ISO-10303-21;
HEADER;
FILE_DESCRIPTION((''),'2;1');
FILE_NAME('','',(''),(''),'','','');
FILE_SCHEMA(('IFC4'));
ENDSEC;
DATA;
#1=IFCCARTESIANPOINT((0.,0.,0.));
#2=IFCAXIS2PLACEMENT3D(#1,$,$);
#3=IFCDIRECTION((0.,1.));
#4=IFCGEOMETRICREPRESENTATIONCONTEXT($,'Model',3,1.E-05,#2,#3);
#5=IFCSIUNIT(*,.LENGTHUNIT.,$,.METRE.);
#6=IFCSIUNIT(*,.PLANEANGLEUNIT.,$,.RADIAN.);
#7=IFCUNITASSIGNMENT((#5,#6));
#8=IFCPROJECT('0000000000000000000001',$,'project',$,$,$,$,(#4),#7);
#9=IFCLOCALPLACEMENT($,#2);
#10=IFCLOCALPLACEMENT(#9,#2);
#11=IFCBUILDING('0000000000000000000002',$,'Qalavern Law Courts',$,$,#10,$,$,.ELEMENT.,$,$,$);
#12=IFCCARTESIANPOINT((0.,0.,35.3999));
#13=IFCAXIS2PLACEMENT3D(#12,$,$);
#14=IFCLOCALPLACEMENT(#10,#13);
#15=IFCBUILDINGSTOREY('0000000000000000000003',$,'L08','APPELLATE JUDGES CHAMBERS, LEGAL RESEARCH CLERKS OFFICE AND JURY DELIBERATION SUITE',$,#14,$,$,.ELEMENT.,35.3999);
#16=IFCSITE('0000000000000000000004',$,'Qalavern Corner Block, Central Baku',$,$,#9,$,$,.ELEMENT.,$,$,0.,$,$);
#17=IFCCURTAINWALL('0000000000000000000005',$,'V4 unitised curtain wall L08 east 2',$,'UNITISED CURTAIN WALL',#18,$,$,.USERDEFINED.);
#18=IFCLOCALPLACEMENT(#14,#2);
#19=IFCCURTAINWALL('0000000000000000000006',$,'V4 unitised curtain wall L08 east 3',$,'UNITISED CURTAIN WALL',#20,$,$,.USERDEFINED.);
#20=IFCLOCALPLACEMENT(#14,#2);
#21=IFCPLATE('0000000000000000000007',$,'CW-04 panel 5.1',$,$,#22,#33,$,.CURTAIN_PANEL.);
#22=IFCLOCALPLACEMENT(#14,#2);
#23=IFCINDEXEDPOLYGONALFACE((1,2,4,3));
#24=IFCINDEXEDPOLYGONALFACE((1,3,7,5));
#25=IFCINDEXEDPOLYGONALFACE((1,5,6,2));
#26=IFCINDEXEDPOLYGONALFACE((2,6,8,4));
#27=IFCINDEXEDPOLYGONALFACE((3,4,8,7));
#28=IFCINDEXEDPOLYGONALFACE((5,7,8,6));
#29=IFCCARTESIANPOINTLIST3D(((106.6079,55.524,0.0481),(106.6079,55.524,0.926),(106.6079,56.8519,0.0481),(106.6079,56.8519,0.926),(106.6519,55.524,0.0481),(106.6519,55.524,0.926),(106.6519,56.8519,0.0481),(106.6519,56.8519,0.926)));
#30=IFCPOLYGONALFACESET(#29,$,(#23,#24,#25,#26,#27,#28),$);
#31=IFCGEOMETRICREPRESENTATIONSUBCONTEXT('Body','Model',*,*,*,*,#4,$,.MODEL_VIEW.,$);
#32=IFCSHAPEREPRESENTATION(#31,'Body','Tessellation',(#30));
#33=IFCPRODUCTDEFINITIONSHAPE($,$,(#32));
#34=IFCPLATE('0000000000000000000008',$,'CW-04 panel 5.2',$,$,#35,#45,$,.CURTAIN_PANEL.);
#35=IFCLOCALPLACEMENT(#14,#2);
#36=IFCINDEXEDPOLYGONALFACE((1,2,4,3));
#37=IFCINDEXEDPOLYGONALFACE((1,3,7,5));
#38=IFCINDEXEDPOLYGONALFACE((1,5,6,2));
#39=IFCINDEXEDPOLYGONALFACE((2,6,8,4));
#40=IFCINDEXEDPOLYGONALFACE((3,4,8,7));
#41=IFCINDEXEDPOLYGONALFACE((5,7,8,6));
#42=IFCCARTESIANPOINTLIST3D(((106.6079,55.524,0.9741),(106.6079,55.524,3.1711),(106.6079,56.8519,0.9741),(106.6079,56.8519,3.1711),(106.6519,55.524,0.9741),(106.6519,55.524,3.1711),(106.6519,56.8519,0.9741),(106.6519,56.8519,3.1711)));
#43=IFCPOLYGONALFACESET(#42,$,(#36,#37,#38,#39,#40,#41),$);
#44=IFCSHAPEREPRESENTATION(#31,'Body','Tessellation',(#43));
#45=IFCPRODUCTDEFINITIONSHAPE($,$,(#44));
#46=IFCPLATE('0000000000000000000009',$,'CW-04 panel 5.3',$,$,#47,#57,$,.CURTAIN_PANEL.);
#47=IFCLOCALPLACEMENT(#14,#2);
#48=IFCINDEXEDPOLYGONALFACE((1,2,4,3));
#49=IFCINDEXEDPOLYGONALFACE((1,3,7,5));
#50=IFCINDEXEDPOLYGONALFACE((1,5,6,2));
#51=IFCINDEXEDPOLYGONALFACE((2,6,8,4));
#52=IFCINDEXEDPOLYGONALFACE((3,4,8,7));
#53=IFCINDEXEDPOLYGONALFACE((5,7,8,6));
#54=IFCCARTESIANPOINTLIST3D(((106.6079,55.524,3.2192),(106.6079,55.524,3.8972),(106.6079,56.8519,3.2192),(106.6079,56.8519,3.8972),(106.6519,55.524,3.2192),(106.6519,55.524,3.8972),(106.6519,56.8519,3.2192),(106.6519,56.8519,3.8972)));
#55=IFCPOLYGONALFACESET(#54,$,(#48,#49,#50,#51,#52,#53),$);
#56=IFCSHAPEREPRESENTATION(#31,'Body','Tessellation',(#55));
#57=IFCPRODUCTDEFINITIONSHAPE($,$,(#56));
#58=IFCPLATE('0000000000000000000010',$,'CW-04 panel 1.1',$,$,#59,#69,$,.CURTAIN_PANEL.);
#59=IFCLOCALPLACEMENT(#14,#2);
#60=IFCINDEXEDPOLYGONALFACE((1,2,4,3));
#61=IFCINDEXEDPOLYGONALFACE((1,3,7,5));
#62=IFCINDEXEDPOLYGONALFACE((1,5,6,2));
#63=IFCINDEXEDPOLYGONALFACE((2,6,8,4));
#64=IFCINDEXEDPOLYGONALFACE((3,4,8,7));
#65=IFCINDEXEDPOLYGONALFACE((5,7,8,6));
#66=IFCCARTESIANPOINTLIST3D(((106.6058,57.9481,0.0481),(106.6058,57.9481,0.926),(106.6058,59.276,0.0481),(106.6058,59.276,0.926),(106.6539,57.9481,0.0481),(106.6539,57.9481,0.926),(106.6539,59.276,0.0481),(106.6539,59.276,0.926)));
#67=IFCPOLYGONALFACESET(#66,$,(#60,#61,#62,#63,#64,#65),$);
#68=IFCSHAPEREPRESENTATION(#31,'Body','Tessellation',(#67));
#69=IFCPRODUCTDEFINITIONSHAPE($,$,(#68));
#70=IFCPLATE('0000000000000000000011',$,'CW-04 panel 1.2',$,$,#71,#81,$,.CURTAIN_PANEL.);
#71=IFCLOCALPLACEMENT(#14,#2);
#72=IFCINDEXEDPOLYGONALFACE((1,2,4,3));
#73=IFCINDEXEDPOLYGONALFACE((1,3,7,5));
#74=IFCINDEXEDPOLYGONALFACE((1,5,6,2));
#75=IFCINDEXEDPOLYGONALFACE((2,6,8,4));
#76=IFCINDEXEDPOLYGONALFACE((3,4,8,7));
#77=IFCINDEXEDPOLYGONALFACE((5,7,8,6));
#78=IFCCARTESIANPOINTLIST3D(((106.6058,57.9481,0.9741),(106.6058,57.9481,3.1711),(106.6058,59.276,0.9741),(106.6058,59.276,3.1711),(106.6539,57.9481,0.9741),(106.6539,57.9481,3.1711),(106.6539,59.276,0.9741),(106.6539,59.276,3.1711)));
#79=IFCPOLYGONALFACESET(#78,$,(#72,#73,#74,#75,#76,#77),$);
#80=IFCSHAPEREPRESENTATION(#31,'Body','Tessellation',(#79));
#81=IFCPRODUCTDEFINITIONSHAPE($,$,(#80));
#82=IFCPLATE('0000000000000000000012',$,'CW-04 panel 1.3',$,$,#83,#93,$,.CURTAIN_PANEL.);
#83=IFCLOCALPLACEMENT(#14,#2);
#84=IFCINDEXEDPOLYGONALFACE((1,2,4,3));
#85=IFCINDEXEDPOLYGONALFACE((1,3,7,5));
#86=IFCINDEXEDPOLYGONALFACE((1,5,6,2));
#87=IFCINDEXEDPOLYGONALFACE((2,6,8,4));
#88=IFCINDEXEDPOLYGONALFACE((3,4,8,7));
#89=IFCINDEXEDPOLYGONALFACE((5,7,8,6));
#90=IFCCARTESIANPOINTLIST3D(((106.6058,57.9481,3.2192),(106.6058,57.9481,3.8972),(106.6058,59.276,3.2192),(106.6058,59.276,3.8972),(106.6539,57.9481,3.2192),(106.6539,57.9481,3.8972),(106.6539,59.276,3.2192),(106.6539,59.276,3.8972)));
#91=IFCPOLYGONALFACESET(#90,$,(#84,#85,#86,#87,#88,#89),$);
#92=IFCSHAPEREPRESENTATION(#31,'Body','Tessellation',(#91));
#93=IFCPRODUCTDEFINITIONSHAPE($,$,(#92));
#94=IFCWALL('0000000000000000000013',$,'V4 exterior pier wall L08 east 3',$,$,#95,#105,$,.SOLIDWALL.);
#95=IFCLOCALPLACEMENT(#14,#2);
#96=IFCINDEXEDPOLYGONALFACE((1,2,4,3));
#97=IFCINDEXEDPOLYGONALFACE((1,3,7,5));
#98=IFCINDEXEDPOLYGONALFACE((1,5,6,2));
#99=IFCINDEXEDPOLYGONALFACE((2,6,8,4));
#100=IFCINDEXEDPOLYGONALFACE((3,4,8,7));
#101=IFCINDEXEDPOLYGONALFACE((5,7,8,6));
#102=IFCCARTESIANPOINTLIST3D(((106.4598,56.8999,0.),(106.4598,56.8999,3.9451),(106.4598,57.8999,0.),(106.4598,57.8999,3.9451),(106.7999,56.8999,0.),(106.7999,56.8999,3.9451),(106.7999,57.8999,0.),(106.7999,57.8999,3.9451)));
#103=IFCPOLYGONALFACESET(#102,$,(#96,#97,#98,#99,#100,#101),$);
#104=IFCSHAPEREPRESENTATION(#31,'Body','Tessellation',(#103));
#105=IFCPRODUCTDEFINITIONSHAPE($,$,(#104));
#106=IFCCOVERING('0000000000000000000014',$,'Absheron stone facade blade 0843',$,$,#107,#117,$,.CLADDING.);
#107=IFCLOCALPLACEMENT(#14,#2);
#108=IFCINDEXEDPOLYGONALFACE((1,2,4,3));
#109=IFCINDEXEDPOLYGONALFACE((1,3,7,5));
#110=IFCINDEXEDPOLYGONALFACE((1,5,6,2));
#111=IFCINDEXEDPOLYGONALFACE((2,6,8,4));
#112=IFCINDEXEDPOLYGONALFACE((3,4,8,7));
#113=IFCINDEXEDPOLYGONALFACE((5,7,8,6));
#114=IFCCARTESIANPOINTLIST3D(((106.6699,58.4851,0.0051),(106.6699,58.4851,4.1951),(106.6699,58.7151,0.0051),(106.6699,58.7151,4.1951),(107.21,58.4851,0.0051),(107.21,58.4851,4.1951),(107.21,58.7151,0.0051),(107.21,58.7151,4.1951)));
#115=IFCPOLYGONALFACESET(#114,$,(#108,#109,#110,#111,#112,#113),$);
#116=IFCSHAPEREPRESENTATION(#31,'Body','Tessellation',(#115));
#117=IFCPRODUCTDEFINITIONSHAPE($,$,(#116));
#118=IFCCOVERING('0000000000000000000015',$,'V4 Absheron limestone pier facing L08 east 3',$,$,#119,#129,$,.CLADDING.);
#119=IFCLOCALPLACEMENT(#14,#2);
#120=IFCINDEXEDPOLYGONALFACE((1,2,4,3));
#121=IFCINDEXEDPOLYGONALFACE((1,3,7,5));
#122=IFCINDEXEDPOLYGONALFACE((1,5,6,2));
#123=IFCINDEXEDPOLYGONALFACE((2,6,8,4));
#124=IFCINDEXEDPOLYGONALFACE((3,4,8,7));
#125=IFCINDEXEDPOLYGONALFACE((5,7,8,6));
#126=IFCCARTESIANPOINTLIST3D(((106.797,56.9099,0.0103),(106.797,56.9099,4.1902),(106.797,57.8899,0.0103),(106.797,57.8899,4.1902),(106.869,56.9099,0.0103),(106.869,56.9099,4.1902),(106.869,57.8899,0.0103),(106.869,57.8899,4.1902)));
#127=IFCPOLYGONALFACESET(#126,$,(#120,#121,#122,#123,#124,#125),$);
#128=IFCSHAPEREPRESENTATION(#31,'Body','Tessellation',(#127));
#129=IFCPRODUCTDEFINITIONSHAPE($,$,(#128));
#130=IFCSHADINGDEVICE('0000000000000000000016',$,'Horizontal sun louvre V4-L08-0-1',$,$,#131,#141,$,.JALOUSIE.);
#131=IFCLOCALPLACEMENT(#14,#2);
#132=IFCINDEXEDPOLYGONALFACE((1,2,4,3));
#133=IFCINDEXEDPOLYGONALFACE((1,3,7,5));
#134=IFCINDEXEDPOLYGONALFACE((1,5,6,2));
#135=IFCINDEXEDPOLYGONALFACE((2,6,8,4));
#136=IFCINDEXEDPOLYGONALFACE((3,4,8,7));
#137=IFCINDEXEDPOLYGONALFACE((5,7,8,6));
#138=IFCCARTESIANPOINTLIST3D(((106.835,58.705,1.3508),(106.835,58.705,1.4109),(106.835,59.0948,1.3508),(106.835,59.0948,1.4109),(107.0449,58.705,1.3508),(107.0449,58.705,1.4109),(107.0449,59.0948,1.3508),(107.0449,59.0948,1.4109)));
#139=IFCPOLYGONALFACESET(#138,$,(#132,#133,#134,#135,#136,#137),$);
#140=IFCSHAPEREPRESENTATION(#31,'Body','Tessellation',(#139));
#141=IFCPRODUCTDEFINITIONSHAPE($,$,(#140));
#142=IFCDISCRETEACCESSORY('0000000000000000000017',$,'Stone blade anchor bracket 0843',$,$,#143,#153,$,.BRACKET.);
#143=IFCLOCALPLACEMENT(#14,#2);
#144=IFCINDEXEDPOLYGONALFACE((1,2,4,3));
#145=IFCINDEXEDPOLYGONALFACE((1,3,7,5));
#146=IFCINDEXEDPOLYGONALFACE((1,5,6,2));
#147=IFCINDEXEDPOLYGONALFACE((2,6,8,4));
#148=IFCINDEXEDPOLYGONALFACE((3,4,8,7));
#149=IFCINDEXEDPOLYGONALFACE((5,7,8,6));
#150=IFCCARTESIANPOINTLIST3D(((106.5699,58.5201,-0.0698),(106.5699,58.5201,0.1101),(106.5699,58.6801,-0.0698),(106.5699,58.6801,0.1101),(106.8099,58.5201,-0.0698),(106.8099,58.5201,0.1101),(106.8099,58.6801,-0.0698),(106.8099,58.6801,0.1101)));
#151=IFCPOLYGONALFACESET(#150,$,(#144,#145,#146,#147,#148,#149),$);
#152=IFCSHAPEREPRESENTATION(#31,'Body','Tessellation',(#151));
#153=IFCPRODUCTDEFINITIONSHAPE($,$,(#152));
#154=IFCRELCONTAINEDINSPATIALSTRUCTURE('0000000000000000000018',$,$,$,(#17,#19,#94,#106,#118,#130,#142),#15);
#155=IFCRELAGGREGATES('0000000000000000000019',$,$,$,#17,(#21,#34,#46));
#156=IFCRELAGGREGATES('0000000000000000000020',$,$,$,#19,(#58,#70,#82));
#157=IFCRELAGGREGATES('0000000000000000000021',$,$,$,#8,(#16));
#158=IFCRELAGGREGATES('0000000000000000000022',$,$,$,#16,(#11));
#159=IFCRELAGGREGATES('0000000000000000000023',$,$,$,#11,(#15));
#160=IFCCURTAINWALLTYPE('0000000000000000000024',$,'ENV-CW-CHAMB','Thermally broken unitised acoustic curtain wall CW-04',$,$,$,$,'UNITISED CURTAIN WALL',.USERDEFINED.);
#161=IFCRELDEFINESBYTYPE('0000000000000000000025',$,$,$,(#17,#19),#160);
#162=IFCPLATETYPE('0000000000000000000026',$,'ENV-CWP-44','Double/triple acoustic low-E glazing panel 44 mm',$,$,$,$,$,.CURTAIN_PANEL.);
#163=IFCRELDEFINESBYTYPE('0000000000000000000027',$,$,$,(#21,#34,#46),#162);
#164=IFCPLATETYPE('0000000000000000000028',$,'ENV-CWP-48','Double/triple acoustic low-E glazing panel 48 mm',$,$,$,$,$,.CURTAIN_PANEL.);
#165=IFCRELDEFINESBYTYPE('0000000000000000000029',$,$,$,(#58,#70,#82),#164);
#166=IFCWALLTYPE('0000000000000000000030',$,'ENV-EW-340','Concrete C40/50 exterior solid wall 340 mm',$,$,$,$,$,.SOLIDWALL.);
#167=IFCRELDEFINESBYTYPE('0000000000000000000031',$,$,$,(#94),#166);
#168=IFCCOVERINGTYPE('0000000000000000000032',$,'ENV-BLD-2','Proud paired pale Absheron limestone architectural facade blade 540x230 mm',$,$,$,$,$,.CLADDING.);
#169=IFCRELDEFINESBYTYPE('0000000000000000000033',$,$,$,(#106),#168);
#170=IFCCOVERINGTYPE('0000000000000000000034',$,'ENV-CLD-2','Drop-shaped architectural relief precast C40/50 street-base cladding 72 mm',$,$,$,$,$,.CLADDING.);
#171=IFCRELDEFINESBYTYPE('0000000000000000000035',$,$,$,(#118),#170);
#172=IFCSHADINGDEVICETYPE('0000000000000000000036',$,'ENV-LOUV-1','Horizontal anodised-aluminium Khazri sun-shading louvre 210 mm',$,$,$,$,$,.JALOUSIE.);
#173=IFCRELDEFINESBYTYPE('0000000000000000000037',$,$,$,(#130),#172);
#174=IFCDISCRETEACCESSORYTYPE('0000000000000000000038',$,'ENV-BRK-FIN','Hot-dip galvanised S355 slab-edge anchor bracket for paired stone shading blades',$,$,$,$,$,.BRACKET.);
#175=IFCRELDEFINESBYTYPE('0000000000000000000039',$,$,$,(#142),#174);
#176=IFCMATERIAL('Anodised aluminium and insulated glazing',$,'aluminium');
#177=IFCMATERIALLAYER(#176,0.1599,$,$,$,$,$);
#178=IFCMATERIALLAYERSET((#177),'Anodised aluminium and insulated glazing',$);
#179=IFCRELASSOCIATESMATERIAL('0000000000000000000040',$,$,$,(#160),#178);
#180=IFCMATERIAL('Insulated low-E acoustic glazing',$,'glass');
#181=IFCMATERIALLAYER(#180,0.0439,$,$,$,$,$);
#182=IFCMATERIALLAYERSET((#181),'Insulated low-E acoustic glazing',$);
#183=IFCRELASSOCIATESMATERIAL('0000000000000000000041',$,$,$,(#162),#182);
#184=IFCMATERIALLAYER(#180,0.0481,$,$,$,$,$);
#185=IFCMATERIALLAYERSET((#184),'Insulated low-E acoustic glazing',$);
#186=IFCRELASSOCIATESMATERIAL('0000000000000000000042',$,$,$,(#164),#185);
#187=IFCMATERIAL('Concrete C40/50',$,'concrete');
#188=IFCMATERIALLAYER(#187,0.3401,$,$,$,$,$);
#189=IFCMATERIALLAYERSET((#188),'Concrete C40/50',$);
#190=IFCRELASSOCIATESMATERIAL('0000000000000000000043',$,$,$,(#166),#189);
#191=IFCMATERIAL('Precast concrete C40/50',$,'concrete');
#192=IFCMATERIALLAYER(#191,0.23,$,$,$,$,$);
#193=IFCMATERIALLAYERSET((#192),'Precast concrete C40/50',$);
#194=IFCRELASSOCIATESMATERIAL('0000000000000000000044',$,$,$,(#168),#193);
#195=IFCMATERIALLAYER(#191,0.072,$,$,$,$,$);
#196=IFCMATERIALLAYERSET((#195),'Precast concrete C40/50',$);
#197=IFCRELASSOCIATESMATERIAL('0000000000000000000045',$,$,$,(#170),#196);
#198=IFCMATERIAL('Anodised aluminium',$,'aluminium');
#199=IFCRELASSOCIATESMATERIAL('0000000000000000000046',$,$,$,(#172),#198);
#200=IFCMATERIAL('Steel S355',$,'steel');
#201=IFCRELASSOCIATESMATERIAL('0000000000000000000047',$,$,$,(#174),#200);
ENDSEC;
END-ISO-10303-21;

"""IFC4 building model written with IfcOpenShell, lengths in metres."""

from ifc_helpers import new_model, si_unit, direction, frame, frame_2d, origin, origin_2d, place, context, subcontext, project, spatial, rectangle, extrude, material, layer, layer_set, type_object, element, aggregate, save


model = new_model("IFC4")

# Units and contexts
model_context = context("Model", 3, precision=1e-05, world=origin(), true_north=direction((0.0, 1.0)))
body_context = subcontext(model_context, "Body", "Model", "MODEL_VIEW")
ifc_project = project(units=[si_unit("LENGTHUNIT", "METRE"), si_unit("PLANEANGLEUNIT", "RADIAN")], contexts=[model_context])

# Site, building, storey
site_placement = place(None, origin())
site = spatial("IfcSite", under=ifc_project, at=site_placement, Name="Qalavern Corner Block, Central Baku", CompositionType="ELEMENT", RefElevation=0.0)
building_placement = place(site_placement, origin())
building = spatial("IfcBuilding", under=site, at=building_placement, Name="Qalavern Law Courts", CompositionType="ELEMENT")
storey_placement = place(building_placement, frame((0.0, 0.0, 35.3999)))
storey = spatial("IfcBuildingStorey", under=building, at=storey_placement, Name="L08", Description="APPELLATE JUDGES CHAMBERS, LEGAL RESEARCH CLERKS OFFICE AND JURY DELIBERATION SUITE", CompositionType="ELEMENT", Elevation=35.3999)

# Curtain walls
ifc_material_1 = material(Name="Anodised aluminium and insulated glazing", Category="aluminium")
ifc_layer_1 = layer(ifc_material_1, 0.1599)
ifc_layer_set_1 = layer_set([ifc_layer_1], Name="Anodised aluminium and insulated glazing")
curtain_wall_type = type_object("IfcCurtainWallType", Name="ENV-CW-CHAMB", Description="Thermally broken unitised acoustic curtain wall CW-04", ElementType="UNITISED CURTAIN WALL", PredefinedType="USERDEFINED", material=ifc_layer_set_1)
curtain_wall_1_placement = place(storey_placement, origin())
curtain_wall_1 = element("IfcCurtainWall", 1, at=curtain_wall_1_placement, inside=storey, type_object=curtain_wall_type, Name="V4 unitised curtain wall L08 east 2", ObjectType="UNITISED CURTAIN WALL", PredefinedType="USERDEFINED")
ifc_material_2 = material(Name="Anodised aluminium", Category="aluminium")
curtain_wall_2_placement = place(storey_placement, origin())
curtain_wall_2 = element("IfcCurtainWall", 2, at=curtain_wall_2_placement, inside=storey, type_object=curtain_wall_type, Name="V4 unitised curtain wall L08 east 3", ObjectType="UNITISED CURTAIN WALL", PredefinedType="USERDEFINED")

# Shared definitions
ifc_material_3 = material(Name="Steel S355", Category="steel")

# Plates
ifc_material_4 = material(Name="Insulated low-E acoustic glazing", Category="glass")
ifc_layer_2 = layer(ifc_material_4, 0.0439)
ifc_layer_set_2 = layer_set([ifc_layer_2], Name="Insulated low-E acoustic glazing")
plate_type_1 = type_object("IfcPlateType", Name="ENV-CWP-44", Description="Double/triple acoustic low-E glazing panel 44 mm", PredefinedType="CURTAIN_PANEL", material=ifc_layer_set_2)
plate_1_placement = place(storey_placement, frame((106.6299, 56.188, 0.0481), z_axis=(0.0, 0.0, 1.0), x_axis=(0.0, 1.0, 0.0)))
plate_1 = element("IfcPlate", 3, at=plate_1_placement, type_object=plate_type_1, Name="CW-04 panel 5.1", PredefinedType="CURTAIN_PANEL", context=body_context, shape_type="SweptSolid", body=[
    extrude(rectangle(XDim=1.3279, YDim=0.0439, at=origin_2d()), origin(), (0.0, 0.0, 1.0), 0.8779),
])
plate_2_placement = place(storey_placement, frame((106.6299, 56.188, 0.9741), z_axis=(0.0, 0.0, 1.0), x_axis=(0.0, 1.0, 0.0)))
plate_2 = element("IfcPlate", 4, at=plate_2_placement, type_object=plate_type_1, Name="CW-04 panel 5.2", PredefinedType="CURTAIN_PANEL", context=body_context, shape_type="SweptSolid", body=[
    extrude(rectangle(XDim=1.3279, YDim=0.0439, at=origin_2d()), origin(), (0.0, 0.0, 1.0), 2.197),
])
plate_3_placement = place(storey_placement, frame((106.6299, 56.188, 3.2192), z_axis=(0.0, 0.0, 1.0), x_axis=(0.0, 1.0, 0.0)))
plate_3 = element("IfcPlate", 5, at=plate_3_placement, type_object=plate_type_1, Name="CW-04 panel 5.3", PredefinedType="CURTAIN_PANEL", context=body_context, shape_type="SweptSolid", body=[
    extrude(rectangle(XDim=1.3279, YDim=0.0439, at=origin_2d()), origin(), (0.0, 0.0, 1.0), 0.678),
])
aggregate(curtain_wall_1, [plate_1, plate_2, plate_3])
ifc_layer_3 = layer(ifc_material_4, 0.0481)
ifc_layer_set_3 = layer_set([ifc_layer_3], Name="Insulated low-E acoustic glazing")
plate_type_2 = type_object("IfcPlateType", Name="ENV-CWP-48", Description="Double/triple acoustic low-E glazing panel 48 mm", PredefinedType="CURTAIN_PANEL", material=ifc_layer_set_3)
plate_4_placement = place(storey_placement, frame((106.6299, 58.6121, 0.0481), z_axis=(0.0, 0.0, 1.0), x_axis=(0.0, 1.0, 0.0)))
plate_4 = element("IfcPlate", 6, at=plate_4_placement, type_object=plate_type_2, Name="CW-04 panel 1.1", PredefinedType="CURTAIN_PANEL", context=body_context, shape_type="SweptSolid", body=[
    extrude(rectangle(XDim=1.3279, YDim=0.0481, at=origin_2d()), origin(), (0.0, 0.0, 1.0), 0.8779),
])
plate_5_placement = place(storey_placement, frame((106.6299, 58.6121, 0.9741), z_axis=(0.0, 0.0, 1.0), x_axis=(0.0, 1.0, 0.0)))
plate_5 = element("IfcPlate", 7, at=plate_5_placement, type_object=plate_type_2, Name="CW-04 panel 1.2", PredefinedType="CURTAIN_PANEL", context=body_context, shape_type="SweptSolid", body=[
    extrude(rectangle(XDim=1.3279, YDim=0.0481, at=origin_2d()), origin(), (0.0, 0.0, 1.0), 2.197),
])
plate_6_placement = place(storey_placement, frame((106.6299, 58.6121, 3.2192), z_axis=(0.0, 0.0, 1.0), x_axis=(0.0, 1.0, 0.0)))
plate_6 = element("IfcPlate", 8, at=plate_6_placement, type_object=plate_type_2, Name="CW-04 panel 1.3", PredefinedType="CURTAIN_PANEL", context=body_context, shape_type="SweptSolid", body=[
    extrude(rectangle(XDim=1.3279, YDim=0.0481, at=origin_2d()), origin(), (0.0, 0.0, 1.0), 0.678),
])
aggregate(curtain_wall_2, [plate_4, plate_5, plate_6])

# Wall
ifc_material_5 = material(Name="Concrete C40/50", Category="concrete")
ifc_layer_4 = layer(ifc_material_5, 0.3401)
ifc_layer_set_4 = layer_set([ifc_layer_4], Name="Concrete C40/50")
wall_type = type_object("IfcWallType", Name="ENV-EW-340", Description="Concrete C40/50 exterior solid wall 340 mm", PredefinedType="SOLIDWALL", material=ifc_layer_set_4)
wall_placement = place(storey_placement, frame((106.6299, 56.8999, 0.0), z_axis=(0.0, 0.0, 1.0), x_axis=(0.0, 1.0, 0.0)))
element("IfcWall", 9, at=wall_placement, inside=storey, type_object=wall_type, Name="V4 exterior pier wall L08 east 3", PredefinedType="SOLIDWALL", context=body_context, shape_type="SweptSolid", body=[
    extrude(rectangle(XDim=1.0, YDim=0.3401, at=frame_2d((0.5, 0.0))), origin(), (0.0, 0.0, 1.0), 3.9451),
])

# Coverings
ifc_material_6 = material(Name="Precast concrete C40/50", Category="concrete")
ifc_layer_5 = layer(ifc_material_6, 0.23)
ifc_layer_set_5 = layer_set([ifc_layer_5], Name="Precast concrete C40/50")
covering_type_1 = type_object("IfcCoveringType", Name="ENV-BLD-2", Description="Proud paired pale Absheron limestone architectural facade blade 540x230 mm", PredefinedType="CLADDING", material=ifc_layer_set_5)
covering_1_placement = place(storey_placement, frame((106.9399, 58.6001, 0.0051), z_axis=(0.0, 0.0, 1.0), x_axis=(1.0, 0.0, 0.0)))
element("IfcCovering", 10, at=covering_1_placement, inside=storey, type_object=covering_type_1, Name="Absheron stone facade blade 0843", PredefinedType="CLADDING", context=body_context, shape_type="SweptSolid", body=[
    extrude(rectangle(XDim=0.54, YDim=0.23, at=origin_2d()), origin(), (0.0, 0.0, 1.0), 4.1899),
])
ifc_layer_6 = layer(ifc_material_6, 0.072)
ifc_layer_set_6 = layer_set([ifc_layer_6], Name="Precast concrete C40/50")
covering_type_2 = type_object("IfcCoveringType", Name="ENV-CLD-2", Description="Drop-shaped architectural relief precast C40/50 street-base cladding 72 mm", PredefinedType="CLADDING", material=ifc_layer_set_6)
covering_2_placement = place(storey_placement, frame((106.833, 57.3999, 0.0103), z_axis=(0.0, 0.0, 1.0), x_axis=(0.0, 1.0, 0.0)))
element("IfcCovering", 11, at=covering_2_placement, inside=storey, type_object=covering_type_2, Name="V4 Absheron limestone pier facing L08 east 3", PredefinedType="CLADDING", context=body_context, shape_type="SweptSolid", body=[
    extrude(rectangle(XDim=0.98, YDim=0.072, at=origin_2d()), origin(), (0.0, 0.0, 1.0), 4.1799),
])

# Shading device
shading_device_type = type_object("IfcShadingDeviceType", Name="ENV-LOUV-1", Description="Horizontal anodised-aluminium Khazri sun-shading louvre 210 mm", PredefinedType="JALOUSIE", material=ifc_material_2)
shading_device_placement = place(storey_placement, frame((106.9399, 58.8999, 1.3508), z_axis=(0.0, 0.0, 1.0), x_axis=(0.0, 1.0, 0.0)))
element("IfcShadingDevice", 12, at=shading_device_placement, inside=storey, type_object=shading_device_type, Name="Horizontal sun louvre V4-L08-0-1", PredefinedType="JALOUSIE", context=body_context, shape_type="SweptSolid", body=[
    extrude(rectangle(XDim=0.3899, YDim=0.21, at=origin_2d()), origin(), (0.0, 0.0, 1.0), 0.0601),
])

# Discrete accessory
discrete_accessory_type = type_object("IfcDiscreteAccessoryType", Name="ENV-BRK-FIN", Description="Hot-dip galvanised S355 slab-edge anchor bracket for paired stone shading blades", PredefinedType="BRACKET", material=ifc_material_3)
discrete_accessory_placement = place(storey_placement, frame((106.6899, 58.6001, -0.0698), z_axis=(0.0, 0.0, 1.0), x_axis=(1.0, 0.0, 0.0)))
element("IfcDiscreteAccessory", 13, at=discrete_accessory_placement, inside=storey, type_object=discrete_accessory_type, Name="Stone blade anchor bracket 0843", PredefinedType="BRACKET", context=body_context, shape_type="SweptSolid", body=[
    extrude(rectangle(XDim=0.24, YDim=0.1599, at=origin_2d()), origin(), (0.0, 0.0, 1.0), 0.1799),
])

save(model, "model.ifc")
